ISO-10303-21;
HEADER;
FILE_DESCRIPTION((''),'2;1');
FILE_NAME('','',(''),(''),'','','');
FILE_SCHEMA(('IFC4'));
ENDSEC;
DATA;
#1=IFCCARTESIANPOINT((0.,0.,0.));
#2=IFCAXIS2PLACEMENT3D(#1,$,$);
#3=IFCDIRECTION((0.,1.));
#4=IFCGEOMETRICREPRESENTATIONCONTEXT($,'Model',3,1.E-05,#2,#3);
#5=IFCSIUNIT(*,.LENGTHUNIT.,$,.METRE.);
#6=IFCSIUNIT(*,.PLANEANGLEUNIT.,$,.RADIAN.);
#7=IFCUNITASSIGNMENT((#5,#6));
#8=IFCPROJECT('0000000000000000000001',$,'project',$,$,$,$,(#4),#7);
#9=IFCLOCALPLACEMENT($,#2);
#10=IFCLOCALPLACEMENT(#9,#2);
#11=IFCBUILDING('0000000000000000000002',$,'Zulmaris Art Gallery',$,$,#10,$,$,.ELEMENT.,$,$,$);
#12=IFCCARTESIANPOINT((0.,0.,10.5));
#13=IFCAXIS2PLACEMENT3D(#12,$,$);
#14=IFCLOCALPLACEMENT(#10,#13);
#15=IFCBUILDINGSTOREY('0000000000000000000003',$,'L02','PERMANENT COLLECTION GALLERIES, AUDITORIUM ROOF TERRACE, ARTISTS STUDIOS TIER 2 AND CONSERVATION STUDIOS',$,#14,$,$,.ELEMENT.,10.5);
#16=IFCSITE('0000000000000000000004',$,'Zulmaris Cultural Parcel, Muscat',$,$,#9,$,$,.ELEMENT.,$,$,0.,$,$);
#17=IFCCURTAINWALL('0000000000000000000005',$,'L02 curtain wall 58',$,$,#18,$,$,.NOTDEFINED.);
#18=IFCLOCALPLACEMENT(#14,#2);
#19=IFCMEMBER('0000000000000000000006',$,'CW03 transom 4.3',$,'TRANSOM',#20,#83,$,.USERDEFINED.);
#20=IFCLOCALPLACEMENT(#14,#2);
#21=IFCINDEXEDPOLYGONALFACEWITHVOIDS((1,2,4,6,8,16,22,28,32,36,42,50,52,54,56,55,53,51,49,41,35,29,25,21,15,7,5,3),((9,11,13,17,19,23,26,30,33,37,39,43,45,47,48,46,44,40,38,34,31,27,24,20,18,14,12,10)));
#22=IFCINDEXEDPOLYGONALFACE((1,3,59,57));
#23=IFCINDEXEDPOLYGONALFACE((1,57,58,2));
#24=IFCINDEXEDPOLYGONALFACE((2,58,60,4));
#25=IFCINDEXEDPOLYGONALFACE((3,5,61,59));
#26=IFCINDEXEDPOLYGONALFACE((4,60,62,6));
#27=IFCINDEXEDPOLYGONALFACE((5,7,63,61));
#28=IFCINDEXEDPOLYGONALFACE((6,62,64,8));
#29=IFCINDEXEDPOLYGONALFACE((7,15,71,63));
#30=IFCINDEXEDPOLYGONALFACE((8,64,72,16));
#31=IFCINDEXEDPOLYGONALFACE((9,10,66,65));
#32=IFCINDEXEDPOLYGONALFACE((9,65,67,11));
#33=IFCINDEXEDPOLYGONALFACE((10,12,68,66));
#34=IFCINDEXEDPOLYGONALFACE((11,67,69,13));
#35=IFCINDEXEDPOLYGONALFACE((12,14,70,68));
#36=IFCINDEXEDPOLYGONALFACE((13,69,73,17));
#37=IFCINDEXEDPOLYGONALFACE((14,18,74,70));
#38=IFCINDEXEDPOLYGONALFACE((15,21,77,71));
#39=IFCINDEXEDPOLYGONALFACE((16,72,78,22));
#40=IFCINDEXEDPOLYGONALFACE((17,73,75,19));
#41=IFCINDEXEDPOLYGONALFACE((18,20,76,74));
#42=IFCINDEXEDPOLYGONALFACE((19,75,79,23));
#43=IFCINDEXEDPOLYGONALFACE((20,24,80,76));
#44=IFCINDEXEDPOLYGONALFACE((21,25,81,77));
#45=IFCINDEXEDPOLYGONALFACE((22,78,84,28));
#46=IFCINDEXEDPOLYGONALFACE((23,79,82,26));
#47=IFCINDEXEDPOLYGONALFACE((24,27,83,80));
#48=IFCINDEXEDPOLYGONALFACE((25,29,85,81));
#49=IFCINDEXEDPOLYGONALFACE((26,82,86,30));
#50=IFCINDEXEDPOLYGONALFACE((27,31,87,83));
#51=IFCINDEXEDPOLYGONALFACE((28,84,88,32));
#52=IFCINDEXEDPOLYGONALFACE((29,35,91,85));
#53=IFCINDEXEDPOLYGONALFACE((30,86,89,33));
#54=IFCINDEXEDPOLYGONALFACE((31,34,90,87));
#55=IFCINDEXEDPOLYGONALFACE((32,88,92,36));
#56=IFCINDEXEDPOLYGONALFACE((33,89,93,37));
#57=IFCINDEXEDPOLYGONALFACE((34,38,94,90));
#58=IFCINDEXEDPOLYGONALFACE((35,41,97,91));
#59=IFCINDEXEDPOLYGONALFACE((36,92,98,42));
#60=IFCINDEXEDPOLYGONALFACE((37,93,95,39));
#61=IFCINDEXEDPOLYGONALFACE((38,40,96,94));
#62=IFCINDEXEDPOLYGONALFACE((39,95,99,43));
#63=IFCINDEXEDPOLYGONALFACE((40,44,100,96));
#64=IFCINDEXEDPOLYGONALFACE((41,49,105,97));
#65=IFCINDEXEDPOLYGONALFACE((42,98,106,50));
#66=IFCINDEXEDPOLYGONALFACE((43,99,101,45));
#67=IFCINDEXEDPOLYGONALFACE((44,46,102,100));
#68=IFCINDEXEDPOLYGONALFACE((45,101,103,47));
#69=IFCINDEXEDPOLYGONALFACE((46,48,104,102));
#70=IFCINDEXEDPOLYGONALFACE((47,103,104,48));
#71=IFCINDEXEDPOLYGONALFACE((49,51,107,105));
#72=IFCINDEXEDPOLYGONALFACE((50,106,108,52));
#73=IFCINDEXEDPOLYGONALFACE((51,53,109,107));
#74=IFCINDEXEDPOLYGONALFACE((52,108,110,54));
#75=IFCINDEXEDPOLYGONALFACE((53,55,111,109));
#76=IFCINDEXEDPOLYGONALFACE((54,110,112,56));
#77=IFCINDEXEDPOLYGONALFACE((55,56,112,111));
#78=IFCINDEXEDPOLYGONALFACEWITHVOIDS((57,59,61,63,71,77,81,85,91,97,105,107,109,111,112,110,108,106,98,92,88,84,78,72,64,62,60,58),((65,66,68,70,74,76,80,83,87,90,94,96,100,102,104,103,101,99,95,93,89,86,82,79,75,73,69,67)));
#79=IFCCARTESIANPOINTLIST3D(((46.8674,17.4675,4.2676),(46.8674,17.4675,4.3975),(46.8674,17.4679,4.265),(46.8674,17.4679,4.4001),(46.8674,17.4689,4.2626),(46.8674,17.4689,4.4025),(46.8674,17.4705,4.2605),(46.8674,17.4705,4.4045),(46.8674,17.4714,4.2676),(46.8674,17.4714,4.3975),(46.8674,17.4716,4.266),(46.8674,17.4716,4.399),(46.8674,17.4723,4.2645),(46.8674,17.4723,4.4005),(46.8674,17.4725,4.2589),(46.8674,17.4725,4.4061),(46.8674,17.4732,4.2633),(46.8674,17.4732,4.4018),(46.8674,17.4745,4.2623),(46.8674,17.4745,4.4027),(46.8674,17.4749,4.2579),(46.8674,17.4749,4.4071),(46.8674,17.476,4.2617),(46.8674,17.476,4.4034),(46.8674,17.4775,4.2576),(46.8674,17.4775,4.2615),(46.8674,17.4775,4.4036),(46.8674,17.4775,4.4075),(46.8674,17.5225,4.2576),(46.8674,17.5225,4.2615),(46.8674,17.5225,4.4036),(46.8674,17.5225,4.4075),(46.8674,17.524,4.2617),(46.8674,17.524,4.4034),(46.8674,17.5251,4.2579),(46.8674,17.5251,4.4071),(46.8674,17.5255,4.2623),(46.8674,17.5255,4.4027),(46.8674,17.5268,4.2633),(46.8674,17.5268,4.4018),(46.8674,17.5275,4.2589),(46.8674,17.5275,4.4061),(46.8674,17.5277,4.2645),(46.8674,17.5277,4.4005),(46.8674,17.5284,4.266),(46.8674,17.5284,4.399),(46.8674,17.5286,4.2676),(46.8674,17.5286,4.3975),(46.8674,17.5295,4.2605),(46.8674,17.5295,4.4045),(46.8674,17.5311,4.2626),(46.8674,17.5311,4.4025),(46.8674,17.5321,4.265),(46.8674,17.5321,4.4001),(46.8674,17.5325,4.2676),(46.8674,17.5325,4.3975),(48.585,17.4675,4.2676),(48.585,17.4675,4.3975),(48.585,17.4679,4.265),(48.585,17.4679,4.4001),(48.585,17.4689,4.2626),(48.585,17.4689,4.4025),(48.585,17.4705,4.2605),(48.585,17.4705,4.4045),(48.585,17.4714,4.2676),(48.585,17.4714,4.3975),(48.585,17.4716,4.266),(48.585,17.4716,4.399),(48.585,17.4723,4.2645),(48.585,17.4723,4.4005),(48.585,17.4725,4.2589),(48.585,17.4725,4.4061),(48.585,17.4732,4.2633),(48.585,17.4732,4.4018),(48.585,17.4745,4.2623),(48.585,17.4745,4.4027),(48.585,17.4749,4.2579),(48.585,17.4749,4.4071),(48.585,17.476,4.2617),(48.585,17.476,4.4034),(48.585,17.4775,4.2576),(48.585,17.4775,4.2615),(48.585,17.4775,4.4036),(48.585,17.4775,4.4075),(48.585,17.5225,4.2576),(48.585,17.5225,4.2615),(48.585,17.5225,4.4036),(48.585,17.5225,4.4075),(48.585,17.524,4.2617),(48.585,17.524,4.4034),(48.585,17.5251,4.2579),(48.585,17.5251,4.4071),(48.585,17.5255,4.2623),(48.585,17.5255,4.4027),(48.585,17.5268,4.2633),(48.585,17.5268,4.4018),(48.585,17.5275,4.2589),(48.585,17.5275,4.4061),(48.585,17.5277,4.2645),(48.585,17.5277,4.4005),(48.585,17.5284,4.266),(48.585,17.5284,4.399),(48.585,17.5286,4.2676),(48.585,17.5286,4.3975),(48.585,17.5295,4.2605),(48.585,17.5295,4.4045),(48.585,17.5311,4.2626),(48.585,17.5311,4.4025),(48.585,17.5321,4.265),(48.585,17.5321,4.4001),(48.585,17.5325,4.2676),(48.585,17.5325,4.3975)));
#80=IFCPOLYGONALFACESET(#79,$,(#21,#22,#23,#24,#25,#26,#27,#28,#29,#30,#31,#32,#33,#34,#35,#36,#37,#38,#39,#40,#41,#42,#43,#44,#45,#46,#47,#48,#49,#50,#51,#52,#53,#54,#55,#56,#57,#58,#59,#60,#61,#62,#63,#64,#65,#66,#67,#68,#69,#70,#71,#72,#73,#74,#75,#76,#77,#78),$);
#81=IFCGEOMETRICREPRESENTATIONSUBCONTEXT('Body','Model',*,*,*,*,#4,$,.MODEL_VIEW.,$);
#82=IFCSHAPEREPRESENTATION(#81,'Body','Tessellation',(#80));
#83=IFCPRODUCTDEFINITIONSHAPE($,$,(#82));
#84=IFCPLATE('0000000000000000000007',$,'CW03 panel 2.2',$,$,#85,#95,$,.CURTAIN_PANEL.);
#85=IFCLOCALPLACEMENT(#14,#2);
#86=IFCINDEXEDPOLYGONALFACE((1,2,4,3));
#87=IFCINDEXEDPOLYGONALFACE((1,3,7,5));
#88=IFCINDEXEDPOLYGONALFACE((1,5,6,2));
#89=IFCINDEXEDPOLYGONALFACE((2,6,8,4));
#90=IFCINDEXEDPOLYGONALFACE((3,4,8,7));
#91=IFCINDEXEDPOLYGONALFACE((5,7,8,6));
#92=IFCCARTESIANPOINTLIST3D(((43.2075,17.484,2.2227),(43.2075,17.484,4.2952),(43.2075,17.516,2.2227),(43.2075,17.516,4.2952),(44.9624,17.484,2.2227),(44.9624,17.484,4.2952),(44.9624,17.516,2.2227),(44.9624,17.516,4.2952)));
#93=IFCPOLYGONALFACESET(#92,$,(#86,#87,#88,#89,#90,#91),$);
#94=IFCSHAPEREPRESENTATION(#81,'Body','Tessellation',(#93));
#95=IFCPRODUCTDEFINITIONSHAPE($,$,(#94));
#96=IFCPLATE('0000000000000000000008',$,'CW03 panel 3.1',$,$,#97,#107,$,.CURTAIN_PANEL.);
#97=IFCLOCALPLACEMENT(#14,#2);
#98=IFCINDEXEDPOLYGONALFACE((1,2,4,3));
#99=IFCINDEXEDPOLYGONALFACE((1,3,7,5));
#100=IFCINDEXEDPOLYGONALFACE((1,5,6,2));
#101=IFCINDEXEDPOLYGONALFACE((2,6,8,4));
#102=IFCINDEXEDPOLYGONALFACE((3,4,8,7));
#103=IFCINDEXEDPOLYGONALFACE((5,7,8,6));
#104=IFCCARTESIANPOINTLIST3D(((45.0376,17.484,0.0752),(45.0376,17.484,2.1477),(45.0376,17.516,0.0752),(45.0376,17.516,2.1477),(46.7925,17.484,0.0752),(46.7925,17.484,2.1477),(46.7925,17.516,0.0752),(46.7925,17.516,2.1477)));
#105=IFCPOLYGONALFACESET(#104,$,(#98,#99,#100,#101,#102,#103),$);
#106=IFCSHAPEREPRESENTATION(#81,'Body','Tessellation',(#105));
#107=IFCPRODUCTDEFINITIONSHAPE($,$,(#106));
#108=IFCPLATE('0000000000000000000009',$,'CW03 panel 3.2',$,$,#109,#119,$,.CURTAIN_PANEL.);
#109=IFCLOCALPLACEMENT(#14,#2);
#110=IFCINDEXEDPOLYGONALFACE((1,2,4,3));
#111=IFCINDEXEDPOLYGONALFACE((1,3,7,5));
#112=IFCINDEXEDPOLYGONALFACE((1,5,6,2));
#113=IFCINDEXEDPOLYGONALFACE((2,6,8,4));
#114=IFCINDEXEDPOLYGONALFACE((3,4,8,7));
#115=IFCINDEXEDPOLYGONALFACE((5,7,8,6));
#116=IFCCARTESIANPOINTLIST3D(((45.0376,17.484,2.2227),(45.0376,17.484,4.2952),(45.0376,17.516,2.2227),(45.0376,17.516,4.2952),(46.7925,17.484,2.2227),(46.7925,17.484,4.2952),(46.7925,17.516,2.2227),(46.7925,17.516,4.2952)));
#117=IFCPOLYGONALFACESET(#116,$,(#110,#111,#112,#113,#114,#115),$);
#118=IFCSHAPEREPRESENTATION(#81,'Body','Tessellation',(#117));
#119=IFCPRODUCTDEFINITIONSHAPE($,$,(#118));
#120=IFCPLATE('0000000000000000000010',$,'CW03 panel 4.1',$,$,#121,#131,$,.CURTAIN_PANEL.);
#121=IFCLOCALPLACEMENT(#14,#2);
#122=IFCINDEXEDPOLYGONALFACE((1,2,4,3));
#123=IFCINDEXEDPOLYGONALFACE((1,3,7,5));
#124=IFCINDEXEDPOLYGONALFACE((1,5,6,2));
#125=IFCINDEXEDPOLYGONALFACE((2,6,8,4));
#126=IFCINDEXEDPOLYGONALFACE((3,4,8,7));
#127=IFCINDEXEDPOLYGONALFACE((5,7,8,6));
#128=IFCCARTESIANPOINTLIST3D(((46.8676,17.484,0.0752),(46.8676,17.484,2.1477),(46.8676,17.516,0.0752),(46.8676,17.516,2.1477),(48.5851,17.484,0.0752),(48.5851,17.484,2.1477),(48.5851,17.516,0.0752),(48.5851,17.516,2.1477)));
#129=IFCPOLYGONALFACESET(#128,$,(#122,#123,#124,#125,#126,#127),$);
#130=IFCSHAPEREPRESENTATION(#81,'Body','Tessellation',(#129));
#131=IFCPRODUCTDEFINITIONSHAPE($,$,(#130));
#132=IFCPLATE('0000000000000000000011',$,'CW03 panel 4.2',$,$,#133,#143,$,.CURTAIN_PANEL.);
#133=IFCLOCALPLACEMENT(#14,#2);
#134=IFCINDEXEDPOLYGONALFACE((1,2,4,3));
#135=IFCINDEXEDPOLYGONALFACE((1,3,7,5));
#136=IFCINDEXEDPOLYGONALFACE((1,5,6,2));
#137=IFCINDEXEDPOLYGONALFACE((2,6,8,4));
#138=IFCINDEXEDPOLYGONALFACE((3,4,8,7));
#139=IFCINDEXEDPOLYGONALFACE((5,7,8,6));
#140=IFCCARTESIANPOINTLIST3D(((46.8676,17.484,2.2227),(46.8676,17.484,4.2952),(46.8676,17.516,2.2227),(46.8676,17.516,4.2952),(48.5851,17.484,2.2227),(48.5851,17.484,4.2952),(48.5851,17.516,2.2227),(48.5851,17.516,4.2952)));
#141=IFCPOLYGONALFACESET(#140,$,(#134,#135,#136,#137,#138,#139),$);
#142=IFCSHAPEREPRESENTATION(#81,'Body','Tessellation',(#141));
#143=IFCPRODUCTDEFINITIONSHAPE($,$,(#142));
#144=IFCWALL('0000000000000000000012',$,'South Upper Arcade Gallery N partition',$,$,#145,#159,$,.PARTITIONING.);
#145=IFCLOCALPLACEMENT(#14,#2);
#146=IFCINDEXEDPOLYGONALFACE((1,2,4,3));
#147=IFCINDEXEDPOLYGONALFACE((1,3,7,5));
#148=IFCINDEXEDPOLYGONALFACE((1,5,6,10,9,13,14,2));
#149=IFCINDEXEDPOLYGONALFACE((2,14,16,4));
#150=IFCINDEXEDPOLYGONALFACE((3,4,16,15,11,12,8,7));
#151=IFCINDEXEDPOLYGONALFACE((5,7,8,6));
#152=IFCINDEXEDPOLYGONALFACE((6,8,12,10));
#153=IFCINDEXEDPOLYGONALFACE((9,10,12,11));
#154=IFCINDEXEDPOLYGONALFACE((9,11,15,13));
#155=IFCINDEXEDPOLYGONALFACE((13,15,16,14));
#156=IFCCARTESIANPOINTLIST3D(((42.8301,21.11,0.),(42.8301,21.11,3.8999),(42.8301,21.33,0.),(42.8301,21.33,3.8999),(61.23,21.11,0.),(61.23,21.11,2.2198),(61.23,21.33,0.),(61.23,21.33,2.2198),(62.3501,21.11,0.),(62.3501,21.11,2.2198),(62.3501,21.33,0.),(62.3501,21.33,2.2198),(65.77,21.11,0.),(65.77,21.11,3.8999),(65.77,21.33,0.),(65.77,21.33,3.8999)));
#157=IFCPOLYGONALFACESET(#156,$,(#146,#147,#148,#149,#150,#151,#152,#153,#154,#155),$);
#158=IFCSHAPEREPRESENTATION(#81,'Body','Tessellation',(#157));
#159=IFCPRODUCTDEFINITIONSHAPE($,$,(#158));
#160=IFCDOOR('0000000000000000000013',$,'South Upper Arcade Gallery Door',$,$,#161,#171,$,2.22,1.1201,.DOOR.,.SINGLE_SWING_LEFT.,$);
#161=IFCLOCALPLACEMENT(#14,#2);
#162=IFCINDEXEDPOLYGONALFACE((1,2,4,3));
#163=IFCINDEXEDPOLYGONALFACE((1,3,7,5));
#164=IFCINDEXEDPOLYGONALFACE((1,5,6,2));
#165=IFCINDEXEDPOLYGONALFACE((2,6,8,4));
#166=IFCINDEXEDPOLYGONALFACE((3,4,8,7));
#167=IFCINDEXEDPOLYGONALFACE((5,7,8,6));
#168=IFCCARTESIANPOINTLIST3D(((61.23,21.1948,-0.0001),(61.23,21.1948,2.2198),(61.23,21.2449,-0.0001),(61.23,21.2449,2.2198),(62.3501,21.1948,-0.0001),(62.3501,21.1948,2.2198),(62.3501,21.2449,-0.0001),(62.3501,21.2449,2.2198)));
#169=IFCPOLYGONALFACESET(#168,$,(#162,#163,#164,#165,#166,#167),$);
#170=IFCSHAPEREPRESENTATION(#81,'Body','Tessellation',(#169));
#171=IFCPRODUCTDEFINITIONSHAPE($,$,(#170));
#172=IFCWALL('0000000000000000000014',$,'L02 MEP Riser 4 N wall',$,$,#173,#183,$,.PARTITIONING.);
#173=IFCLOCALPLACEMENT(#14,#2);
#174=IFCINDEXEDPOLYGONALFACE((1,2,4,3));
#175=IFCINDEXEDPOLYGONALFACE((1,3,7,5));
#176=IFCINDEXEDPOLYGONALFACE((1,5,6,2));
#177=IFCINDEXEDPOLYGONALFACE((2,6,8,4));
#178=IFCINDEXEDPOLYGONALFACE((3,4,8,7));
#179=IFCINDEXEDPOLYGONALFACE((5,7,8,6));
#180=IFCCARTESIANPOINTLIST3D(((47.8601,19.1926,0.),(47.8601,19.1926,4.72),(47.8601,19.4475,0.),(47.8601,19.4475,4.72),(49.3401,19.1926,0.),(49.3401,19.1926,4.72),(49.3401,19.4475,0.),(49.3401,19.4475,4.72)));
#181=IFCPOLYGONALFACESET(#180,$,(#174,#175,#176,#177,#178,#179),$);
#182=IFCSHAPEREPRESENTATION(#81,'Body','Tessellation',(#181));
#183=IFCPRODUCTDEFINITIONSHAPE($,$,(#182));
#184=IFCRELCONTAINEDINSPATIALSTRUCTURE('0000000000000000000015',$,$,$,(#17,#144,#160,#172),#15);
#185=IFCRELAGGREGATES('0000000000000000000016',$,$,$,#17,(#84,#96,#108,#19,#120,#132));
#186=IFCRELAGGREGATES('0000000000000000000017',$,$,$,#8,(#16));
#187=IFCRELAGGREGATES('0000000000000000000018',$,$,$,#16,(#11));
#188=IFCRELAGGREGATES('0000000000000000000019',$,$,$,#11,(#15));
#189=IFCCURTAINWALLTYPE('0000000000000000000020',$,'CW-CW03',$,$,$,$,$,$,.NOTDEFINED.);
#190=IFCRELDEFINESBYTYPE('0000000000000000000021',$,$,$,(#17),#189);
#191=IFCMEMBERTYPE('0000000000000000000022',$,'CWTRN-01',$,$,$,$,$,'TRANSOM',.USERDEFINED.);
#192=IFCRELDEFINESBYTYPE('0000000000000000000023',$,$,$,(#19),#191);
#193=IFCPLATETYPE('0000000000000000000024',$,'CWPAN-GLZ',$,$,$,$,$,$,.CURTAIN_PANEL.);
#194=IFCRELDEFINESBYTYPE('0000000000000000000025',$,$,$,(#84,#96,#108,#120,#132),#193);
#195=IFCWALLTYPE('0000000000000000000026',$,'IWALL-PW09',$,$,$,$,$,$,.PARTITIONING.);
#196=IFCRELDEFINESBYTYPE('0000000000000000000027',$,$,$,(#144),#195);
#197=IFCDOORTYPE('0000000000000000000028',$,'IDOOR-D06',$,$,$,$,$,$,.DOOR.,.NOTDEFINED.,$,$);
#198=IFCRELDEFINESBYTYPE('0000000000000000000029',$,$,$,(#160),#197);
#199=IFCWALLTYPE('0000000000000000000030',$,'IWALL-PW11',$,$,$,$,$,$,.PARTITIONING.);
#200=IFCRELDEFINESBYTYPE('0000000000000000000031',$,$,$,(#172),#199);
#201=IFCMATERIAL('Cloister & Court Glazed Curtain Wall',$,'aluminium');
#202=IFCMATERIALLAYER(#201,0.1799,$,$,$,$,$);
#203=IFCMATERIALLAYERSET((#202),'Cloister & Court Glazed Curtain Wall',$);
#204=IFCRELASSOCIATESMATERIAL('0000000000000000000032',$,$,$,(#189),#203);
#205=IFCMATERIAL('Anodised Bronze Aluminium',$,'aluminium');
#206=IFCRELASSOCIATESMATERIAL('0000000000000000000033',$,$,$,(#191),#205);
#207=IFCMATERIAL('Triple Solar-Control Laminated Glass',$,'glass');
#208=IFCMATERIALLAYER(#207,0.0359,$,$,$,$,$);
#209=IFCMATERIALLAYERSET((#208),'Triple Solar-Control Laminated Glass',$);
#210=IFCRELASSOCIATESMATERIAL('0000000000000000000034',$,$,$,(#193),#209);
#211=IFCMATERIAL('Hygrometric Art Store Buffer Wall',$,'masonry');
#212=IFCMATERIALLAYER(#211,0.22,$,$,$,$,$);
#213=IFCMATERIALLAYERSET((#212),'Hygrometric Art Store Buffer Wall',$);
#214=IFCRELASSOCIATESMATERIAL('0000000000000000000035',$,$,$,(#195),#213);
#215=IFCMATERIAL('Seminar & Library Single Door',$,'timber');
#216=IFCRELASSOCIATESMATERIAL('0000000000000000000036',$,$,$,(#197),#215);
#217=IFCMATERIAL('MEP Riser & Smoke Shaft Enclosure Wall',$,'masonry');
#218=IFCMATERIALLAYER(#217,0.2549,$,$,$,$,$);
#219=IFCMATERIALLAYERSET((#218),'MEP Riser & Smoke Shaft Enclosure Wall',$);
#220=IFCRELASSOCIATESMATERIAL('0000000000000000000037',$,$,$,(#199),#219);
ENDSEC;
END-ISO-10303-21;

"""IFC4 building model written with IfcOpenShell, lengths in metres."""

from ifc_helpers import new_model, si_unit, direction, frame, frame_2d, origin, origin_2d, place, context, subcontext, project, spatial, rectangle, hollow_rectangle, extrude, material, layer, layer_set, material_profile, profile_set, type_object, element, fill, aggregate, save


model = new_model("IFC4")

# Units and contexts
model_context = context("Model", 3, precision=1e-05, world=origin(), true_north=direction((0.0, 1.0)))
body_context = subcontext(model_context, "Body", "Model", "MODEL_VIEW")
ifc_project = project(units=[si_unit("LENGTHUNIT", "METRE"), si_unit("PLANEANGLEUNIT", "RADIAN")], contexts=[model_context])

# Site, building, storey
site_placement = place(None, origin())
site = spatial("IfcSite", under=ifc_project, at=site_placement, Name="Zulmaris Cultural Parcel, Muscat", CompositionType="ELEMENT", RefElevation=0.0)
building_placement = place(site_placement, origin())
building = spatial("IfcBuilding", under=site, at=building_placement, Name="Zulmaris Art Gallery", CompositionType="ELEMENT")
storey_placement = place(building_placement, frame((0.0, 0.0, 10.5)))
storey = spatial("IfcBuildingStorey", under=building, at=storey_placement, Name="L02", Description="PERMANENT COLLECTION GALLERIES, AUDITORIUM ROOF TERRACE, ARTISTS STUDIOS TIER 2 AND CONSERVATION STUDIOS", CompositionType="ELEMENT", Elevation=10.5)

# Curtain wall, member, plates
ifc_material_1 = material(Name="Cloister & Court Glazed Curtain Wall", Category="aluminium")
ifc_layer_1 = layer(ifc_material_1, 0.1799)
ifc_layer_set_1 = layer_set([ifc_layer_1], Name="Cloister & Court Glazed Curtain Wall")
curtain_wall_type = type_object("IfcCurtainWallType", Name="CW-CW03", PredefinedType="NOTDEFINED", material=ifc_layer_set_1)
curtain_wall_placement = place(storey_placement, origin())
curtain_wall = element("IfcCurtainWall", 1, at=curtain_wall_placement, inside=storey, type_object=curtain_wall_type, Name="L02 curtain wall 58", PredefinedType="NOTDEFINED")
ifc_material_2 = material(Name="Anodised Bronze Aluminium", Category="aluminium")
ifc_material_profile_1 = material_profile(ifc_material_2, hollow_rectangle(XDim=0.0649, YDim=0.1499, WallThickness=0.0039, InnerFilletRadius=0.0061, OuterFilletRadius=0.01, at=origin_2d()), Name="ALU 65x150x4")
ifc_profile_set_1 = profile_set([ifc_material_profile_1], Name="Anodised Bronze Aluminium")
member_type_1 = type_object("IfcMemberType", Name="CWTRN-01", ElementType="TRANSOM", PredefinedType="USERDEFINED", material=ifc_profile_set_1)
member_1_placement = place(storey_placement, frame((46.8674, 17.5, 4.3325), z_axis=(1.0, 0.0, 0.0), x_axis=(0.0, 1.0, 0.0)))
member_1 = element("IfcMember", 2, at=member_1_placement, type_object=member_type_1, Name="CW03 transom 4.3", ObjectType="TRANSOM", PredefinedType="USERDEFINED", context=body_context, shape_type="SweptSolid", body=[
    extrude(hollow_rectangle(XDim=0.0649, YDim=0.1499, WallThickness=0.0039, InnerFilletRadius=0.0061, OuterFilletRadius=0.01, at=origin_2d()), origin(), (0.0, 0.0, 1.0), 1.7175),
])
ifc_material_3 = material(Name="Triple Solar-Control Laminated Glass", Category="glass")
ifc_layer_2 = layer(ifc_material_3, 0.0359)
ifc_layer_set_2 = layer_set([ifc_layer_2], Name="Triple Solar-Control Laminated Glass")
plate_type = type_object("IfcPlateType", Name="CWPAN-GLZ", PredefinedType="CURTAIN_PANEL", material=ifc_layer_set_2)
plate_1_placement = place(storey_placement, frame((44.085, 17.5, 2.2227), z_axis=(0.0, 0.0, 1.0), x_axis=(1.0, 0.0, 0.0)))
plate_1 = element("IfcPlate", 3, at=plate_1_placement, type_object=plate_type, Name="CW03 panel 2.2", PredefinedType="CURTAIN_PANEL", context=body_context, shape_type="SweptSolid", body=[
    extrude(rectangle(XDim=1.7549, YDim=0.032, at=origin_2d()), origin(), (0.0, 0.0, 1.0), 2.0725),
])
plate_2_placement = place(storey_placement, frame((45.915, 17.5, 0.0752), z_axis=(0.0, 0.0, 1.0), x_axis=(1.0, 0.0, 0.0)))
plate_2 = element("IfcPlate", 4, at=plate_2_placement, type_object=plate_type, Name="CW03 panel 3.1", PredefinedType="CURTAIN_PANEL", context=body_context, shape_type="SweptSolid", body=[
    extrude(rectangle(XDim=1.7549, YDim=0.032, at=origin_2d()), origin(), (0.0, 0.0, 1.0), 2.0725),
])
plate_3_placement = place(storey_placement, frame((45.915, 17.5, 2.2227), z_axis=(0.0, 0.0, 1.0), x_axis=(1.0, 0.0, 0.0)))
plate_3 = element("IfcPlate", 5, at=plate_3_placement, type_object=plate_type, Name="CW03 panel 3.2", PredefinedType="CURTAIN_PANEL", context=body_context, shape_type="SweptSolid", body=[
    extrude(rectangle(XDim=1.7549, YDim=0.032, at=origin_2d()), origin(), (0.0, 0.0, 1.0), 2.0725),
])
plate_4_placement = place(storey_placement, frame((47.7263, 17.5, 0.0752), z_axis=(0.0, 0.0, 1.0), x_axis=(1.0, 0.0, 0.0)))
plate_4 = element("IfcPlate", 6, at=plate_4_placement, type_object=plate_type, Name="CW03 panel 4.1", PredefinedType="CURTAIN_PANEL", context=body_context, shape_type="SweptSolid", body=[
    extrude(rectangle(XDim=1.7175, YDim=0.032, at=origin_2d()), origin(), (0.0, 0.0, 1.0), 2.0725),
])
plate_5_placement = place(storey_placement, frame((47.7263, 17.5, 2.2227), z_axis=(0.0, 0.0, 1.0), x_axis=(1.0, 0.0, 0.0)))
plate_5 = element("IfcPlate", 7, at=plate_5_placement, type_object=plate_type, Name="CW03 panel 4.2", PredefinedType="CURTAIN_PANEL", context=body_context, shape_type="SweptSolid", body=[
    extrude(rectangle(XDim=1.7175, YDim=0.032, at=origin_2d()), origin(), (0.0, 0.0, 1.0), 2.0725),
])
aggregate(curtain_wall, [plate_1, plate_2, plate_3, member_1, plate_4, plate_5])

# Wall, opening, door
ifc_material_4 = material(Name="Hygrometric Art Store Buffer Wall", Category="masonry")
ifc_layer_3 = layer(ifc_material_4, 0.22)
ifc_layer_set_3 = layer_set([ifc_layer_3], Name="Hygrometric Art Store Buffer Wall")
wall_type_1 = type_object("IfcWallType", Name="IWALL-PW09", PredefinedType="PARTITIONING", material=ifc_layer_set_3)
wall_1_placement = place(storey_placement, frame((42.8301, 21.22, 0.0), z_axis=(0.0, 0.0, 1.0), x_axis=(1.0, 0.0, 0.0)))
wall_1 = element("IfcWall", 8, at=wall_1_placement, inside=storey, type_object=wall_type_1, Name="South Upper Arcade Gallery N partition", PredefinedType="PARTITIONING", context=body_context, shape_type="SweptSolid", body=[
    extrude(rectangle(XDim=22.9399, YDim=0.22, at=frame_2d((11.47, 0.0))), origin(), (0.0, 0.0, 1.0), 3.8999),
])
opening_placement = place(wall_1_placement, frame((18.3999, 0.0, 0.0)))
opening = element("IfcOpeningElement", 9, at=opening_placement, cuts=wall_1, PredefinedType="OPENING", context=body_context, shape_type="SweptSolid", body=[
    extrude(rectangle(XDim=1.1201, YDim=2.22, at=frame_2d((0.5601, 1.1099))), frame((0.0, 0.1199, 0.0), z_axis=(0.0, -1.0, 0.0), x_axis=(1.0, 0.0, 0.0)), (0.0, 0.0, 1.0), 0.24),
])
ifc_material_5 = material(Name="Seminar & Library Single Door", Category="timber")
door_type = type_object("IfcDoorType", Name="IDOOR-D06", OperationType="NOTDEFINED", PredefinedType="DOOR", material=ifc_material_5)
door_placement = place(opening_placement, origin())
door = element("IfcDoor", 10, at=door_placement, inside=storey, type_object=door_type, Name="South Upper Arcade Gallery Door", OperationType="SINGLE_SWING_LEFT", OverallHeight=2.22, OverallWidth=1.1201, PredefinedType="DOOR", context=body_context, shape_type="SweptSolid", body=[
    extrude(rectangle(XDim=1.1201, YDim=2.22, at=frame_2d((0.5601, 1.1099))), frame((0.0, 0.0249, 0.0), z_axis=(0.0, -1.0, 0.0), x_axis=(1.0, 0.0, 0.0)), (0.0, 0.0, 1.0), 0.05),
])
fill(opening, door)

# Wall
ifc_material_6 = material(Name="MEP Riser & Smoke Shaft Enclosure Wall", Category="masonry")
ifc_layer_4 = layer(ifc_material_6, 0.2549)
ifc_layer_set_4 = layer_set([ifc_layer_4], Name="MEP Riser & Smoke Shaft Enclosure Wall")
wall_type_2 = type_object("IfcWallType", Name="IWALL-PW11", PredefinedType="PARTITIONING", material=ifc_layer_set_4)
for number, where, z_axis, x_axis, name in (
    (11, (47.8601, 19.3201, 0.0), (0.0, 0.0, 1.0), (1.0, 0.0, 0.0), "L02 MEP Riser 4 N wall"),
):
    element("IfcWall", number, at=place(storey_placement, frame(where, z_axis=z_axis, x_axis=x_axis)), inside=storey, type_object=wall_type_2, Name=name, PredefinedType="PARTITIONING", context=body_context, shape_type="SweptSolid", body=[
        extrude(rectangle(XDim=1.48, YDim=0.2549, at=frame_2d((0.74, 0.0))), origin(), (0.0, 0.0, 1.0), 4.72),
    ])

save(model, "model.ifc")
